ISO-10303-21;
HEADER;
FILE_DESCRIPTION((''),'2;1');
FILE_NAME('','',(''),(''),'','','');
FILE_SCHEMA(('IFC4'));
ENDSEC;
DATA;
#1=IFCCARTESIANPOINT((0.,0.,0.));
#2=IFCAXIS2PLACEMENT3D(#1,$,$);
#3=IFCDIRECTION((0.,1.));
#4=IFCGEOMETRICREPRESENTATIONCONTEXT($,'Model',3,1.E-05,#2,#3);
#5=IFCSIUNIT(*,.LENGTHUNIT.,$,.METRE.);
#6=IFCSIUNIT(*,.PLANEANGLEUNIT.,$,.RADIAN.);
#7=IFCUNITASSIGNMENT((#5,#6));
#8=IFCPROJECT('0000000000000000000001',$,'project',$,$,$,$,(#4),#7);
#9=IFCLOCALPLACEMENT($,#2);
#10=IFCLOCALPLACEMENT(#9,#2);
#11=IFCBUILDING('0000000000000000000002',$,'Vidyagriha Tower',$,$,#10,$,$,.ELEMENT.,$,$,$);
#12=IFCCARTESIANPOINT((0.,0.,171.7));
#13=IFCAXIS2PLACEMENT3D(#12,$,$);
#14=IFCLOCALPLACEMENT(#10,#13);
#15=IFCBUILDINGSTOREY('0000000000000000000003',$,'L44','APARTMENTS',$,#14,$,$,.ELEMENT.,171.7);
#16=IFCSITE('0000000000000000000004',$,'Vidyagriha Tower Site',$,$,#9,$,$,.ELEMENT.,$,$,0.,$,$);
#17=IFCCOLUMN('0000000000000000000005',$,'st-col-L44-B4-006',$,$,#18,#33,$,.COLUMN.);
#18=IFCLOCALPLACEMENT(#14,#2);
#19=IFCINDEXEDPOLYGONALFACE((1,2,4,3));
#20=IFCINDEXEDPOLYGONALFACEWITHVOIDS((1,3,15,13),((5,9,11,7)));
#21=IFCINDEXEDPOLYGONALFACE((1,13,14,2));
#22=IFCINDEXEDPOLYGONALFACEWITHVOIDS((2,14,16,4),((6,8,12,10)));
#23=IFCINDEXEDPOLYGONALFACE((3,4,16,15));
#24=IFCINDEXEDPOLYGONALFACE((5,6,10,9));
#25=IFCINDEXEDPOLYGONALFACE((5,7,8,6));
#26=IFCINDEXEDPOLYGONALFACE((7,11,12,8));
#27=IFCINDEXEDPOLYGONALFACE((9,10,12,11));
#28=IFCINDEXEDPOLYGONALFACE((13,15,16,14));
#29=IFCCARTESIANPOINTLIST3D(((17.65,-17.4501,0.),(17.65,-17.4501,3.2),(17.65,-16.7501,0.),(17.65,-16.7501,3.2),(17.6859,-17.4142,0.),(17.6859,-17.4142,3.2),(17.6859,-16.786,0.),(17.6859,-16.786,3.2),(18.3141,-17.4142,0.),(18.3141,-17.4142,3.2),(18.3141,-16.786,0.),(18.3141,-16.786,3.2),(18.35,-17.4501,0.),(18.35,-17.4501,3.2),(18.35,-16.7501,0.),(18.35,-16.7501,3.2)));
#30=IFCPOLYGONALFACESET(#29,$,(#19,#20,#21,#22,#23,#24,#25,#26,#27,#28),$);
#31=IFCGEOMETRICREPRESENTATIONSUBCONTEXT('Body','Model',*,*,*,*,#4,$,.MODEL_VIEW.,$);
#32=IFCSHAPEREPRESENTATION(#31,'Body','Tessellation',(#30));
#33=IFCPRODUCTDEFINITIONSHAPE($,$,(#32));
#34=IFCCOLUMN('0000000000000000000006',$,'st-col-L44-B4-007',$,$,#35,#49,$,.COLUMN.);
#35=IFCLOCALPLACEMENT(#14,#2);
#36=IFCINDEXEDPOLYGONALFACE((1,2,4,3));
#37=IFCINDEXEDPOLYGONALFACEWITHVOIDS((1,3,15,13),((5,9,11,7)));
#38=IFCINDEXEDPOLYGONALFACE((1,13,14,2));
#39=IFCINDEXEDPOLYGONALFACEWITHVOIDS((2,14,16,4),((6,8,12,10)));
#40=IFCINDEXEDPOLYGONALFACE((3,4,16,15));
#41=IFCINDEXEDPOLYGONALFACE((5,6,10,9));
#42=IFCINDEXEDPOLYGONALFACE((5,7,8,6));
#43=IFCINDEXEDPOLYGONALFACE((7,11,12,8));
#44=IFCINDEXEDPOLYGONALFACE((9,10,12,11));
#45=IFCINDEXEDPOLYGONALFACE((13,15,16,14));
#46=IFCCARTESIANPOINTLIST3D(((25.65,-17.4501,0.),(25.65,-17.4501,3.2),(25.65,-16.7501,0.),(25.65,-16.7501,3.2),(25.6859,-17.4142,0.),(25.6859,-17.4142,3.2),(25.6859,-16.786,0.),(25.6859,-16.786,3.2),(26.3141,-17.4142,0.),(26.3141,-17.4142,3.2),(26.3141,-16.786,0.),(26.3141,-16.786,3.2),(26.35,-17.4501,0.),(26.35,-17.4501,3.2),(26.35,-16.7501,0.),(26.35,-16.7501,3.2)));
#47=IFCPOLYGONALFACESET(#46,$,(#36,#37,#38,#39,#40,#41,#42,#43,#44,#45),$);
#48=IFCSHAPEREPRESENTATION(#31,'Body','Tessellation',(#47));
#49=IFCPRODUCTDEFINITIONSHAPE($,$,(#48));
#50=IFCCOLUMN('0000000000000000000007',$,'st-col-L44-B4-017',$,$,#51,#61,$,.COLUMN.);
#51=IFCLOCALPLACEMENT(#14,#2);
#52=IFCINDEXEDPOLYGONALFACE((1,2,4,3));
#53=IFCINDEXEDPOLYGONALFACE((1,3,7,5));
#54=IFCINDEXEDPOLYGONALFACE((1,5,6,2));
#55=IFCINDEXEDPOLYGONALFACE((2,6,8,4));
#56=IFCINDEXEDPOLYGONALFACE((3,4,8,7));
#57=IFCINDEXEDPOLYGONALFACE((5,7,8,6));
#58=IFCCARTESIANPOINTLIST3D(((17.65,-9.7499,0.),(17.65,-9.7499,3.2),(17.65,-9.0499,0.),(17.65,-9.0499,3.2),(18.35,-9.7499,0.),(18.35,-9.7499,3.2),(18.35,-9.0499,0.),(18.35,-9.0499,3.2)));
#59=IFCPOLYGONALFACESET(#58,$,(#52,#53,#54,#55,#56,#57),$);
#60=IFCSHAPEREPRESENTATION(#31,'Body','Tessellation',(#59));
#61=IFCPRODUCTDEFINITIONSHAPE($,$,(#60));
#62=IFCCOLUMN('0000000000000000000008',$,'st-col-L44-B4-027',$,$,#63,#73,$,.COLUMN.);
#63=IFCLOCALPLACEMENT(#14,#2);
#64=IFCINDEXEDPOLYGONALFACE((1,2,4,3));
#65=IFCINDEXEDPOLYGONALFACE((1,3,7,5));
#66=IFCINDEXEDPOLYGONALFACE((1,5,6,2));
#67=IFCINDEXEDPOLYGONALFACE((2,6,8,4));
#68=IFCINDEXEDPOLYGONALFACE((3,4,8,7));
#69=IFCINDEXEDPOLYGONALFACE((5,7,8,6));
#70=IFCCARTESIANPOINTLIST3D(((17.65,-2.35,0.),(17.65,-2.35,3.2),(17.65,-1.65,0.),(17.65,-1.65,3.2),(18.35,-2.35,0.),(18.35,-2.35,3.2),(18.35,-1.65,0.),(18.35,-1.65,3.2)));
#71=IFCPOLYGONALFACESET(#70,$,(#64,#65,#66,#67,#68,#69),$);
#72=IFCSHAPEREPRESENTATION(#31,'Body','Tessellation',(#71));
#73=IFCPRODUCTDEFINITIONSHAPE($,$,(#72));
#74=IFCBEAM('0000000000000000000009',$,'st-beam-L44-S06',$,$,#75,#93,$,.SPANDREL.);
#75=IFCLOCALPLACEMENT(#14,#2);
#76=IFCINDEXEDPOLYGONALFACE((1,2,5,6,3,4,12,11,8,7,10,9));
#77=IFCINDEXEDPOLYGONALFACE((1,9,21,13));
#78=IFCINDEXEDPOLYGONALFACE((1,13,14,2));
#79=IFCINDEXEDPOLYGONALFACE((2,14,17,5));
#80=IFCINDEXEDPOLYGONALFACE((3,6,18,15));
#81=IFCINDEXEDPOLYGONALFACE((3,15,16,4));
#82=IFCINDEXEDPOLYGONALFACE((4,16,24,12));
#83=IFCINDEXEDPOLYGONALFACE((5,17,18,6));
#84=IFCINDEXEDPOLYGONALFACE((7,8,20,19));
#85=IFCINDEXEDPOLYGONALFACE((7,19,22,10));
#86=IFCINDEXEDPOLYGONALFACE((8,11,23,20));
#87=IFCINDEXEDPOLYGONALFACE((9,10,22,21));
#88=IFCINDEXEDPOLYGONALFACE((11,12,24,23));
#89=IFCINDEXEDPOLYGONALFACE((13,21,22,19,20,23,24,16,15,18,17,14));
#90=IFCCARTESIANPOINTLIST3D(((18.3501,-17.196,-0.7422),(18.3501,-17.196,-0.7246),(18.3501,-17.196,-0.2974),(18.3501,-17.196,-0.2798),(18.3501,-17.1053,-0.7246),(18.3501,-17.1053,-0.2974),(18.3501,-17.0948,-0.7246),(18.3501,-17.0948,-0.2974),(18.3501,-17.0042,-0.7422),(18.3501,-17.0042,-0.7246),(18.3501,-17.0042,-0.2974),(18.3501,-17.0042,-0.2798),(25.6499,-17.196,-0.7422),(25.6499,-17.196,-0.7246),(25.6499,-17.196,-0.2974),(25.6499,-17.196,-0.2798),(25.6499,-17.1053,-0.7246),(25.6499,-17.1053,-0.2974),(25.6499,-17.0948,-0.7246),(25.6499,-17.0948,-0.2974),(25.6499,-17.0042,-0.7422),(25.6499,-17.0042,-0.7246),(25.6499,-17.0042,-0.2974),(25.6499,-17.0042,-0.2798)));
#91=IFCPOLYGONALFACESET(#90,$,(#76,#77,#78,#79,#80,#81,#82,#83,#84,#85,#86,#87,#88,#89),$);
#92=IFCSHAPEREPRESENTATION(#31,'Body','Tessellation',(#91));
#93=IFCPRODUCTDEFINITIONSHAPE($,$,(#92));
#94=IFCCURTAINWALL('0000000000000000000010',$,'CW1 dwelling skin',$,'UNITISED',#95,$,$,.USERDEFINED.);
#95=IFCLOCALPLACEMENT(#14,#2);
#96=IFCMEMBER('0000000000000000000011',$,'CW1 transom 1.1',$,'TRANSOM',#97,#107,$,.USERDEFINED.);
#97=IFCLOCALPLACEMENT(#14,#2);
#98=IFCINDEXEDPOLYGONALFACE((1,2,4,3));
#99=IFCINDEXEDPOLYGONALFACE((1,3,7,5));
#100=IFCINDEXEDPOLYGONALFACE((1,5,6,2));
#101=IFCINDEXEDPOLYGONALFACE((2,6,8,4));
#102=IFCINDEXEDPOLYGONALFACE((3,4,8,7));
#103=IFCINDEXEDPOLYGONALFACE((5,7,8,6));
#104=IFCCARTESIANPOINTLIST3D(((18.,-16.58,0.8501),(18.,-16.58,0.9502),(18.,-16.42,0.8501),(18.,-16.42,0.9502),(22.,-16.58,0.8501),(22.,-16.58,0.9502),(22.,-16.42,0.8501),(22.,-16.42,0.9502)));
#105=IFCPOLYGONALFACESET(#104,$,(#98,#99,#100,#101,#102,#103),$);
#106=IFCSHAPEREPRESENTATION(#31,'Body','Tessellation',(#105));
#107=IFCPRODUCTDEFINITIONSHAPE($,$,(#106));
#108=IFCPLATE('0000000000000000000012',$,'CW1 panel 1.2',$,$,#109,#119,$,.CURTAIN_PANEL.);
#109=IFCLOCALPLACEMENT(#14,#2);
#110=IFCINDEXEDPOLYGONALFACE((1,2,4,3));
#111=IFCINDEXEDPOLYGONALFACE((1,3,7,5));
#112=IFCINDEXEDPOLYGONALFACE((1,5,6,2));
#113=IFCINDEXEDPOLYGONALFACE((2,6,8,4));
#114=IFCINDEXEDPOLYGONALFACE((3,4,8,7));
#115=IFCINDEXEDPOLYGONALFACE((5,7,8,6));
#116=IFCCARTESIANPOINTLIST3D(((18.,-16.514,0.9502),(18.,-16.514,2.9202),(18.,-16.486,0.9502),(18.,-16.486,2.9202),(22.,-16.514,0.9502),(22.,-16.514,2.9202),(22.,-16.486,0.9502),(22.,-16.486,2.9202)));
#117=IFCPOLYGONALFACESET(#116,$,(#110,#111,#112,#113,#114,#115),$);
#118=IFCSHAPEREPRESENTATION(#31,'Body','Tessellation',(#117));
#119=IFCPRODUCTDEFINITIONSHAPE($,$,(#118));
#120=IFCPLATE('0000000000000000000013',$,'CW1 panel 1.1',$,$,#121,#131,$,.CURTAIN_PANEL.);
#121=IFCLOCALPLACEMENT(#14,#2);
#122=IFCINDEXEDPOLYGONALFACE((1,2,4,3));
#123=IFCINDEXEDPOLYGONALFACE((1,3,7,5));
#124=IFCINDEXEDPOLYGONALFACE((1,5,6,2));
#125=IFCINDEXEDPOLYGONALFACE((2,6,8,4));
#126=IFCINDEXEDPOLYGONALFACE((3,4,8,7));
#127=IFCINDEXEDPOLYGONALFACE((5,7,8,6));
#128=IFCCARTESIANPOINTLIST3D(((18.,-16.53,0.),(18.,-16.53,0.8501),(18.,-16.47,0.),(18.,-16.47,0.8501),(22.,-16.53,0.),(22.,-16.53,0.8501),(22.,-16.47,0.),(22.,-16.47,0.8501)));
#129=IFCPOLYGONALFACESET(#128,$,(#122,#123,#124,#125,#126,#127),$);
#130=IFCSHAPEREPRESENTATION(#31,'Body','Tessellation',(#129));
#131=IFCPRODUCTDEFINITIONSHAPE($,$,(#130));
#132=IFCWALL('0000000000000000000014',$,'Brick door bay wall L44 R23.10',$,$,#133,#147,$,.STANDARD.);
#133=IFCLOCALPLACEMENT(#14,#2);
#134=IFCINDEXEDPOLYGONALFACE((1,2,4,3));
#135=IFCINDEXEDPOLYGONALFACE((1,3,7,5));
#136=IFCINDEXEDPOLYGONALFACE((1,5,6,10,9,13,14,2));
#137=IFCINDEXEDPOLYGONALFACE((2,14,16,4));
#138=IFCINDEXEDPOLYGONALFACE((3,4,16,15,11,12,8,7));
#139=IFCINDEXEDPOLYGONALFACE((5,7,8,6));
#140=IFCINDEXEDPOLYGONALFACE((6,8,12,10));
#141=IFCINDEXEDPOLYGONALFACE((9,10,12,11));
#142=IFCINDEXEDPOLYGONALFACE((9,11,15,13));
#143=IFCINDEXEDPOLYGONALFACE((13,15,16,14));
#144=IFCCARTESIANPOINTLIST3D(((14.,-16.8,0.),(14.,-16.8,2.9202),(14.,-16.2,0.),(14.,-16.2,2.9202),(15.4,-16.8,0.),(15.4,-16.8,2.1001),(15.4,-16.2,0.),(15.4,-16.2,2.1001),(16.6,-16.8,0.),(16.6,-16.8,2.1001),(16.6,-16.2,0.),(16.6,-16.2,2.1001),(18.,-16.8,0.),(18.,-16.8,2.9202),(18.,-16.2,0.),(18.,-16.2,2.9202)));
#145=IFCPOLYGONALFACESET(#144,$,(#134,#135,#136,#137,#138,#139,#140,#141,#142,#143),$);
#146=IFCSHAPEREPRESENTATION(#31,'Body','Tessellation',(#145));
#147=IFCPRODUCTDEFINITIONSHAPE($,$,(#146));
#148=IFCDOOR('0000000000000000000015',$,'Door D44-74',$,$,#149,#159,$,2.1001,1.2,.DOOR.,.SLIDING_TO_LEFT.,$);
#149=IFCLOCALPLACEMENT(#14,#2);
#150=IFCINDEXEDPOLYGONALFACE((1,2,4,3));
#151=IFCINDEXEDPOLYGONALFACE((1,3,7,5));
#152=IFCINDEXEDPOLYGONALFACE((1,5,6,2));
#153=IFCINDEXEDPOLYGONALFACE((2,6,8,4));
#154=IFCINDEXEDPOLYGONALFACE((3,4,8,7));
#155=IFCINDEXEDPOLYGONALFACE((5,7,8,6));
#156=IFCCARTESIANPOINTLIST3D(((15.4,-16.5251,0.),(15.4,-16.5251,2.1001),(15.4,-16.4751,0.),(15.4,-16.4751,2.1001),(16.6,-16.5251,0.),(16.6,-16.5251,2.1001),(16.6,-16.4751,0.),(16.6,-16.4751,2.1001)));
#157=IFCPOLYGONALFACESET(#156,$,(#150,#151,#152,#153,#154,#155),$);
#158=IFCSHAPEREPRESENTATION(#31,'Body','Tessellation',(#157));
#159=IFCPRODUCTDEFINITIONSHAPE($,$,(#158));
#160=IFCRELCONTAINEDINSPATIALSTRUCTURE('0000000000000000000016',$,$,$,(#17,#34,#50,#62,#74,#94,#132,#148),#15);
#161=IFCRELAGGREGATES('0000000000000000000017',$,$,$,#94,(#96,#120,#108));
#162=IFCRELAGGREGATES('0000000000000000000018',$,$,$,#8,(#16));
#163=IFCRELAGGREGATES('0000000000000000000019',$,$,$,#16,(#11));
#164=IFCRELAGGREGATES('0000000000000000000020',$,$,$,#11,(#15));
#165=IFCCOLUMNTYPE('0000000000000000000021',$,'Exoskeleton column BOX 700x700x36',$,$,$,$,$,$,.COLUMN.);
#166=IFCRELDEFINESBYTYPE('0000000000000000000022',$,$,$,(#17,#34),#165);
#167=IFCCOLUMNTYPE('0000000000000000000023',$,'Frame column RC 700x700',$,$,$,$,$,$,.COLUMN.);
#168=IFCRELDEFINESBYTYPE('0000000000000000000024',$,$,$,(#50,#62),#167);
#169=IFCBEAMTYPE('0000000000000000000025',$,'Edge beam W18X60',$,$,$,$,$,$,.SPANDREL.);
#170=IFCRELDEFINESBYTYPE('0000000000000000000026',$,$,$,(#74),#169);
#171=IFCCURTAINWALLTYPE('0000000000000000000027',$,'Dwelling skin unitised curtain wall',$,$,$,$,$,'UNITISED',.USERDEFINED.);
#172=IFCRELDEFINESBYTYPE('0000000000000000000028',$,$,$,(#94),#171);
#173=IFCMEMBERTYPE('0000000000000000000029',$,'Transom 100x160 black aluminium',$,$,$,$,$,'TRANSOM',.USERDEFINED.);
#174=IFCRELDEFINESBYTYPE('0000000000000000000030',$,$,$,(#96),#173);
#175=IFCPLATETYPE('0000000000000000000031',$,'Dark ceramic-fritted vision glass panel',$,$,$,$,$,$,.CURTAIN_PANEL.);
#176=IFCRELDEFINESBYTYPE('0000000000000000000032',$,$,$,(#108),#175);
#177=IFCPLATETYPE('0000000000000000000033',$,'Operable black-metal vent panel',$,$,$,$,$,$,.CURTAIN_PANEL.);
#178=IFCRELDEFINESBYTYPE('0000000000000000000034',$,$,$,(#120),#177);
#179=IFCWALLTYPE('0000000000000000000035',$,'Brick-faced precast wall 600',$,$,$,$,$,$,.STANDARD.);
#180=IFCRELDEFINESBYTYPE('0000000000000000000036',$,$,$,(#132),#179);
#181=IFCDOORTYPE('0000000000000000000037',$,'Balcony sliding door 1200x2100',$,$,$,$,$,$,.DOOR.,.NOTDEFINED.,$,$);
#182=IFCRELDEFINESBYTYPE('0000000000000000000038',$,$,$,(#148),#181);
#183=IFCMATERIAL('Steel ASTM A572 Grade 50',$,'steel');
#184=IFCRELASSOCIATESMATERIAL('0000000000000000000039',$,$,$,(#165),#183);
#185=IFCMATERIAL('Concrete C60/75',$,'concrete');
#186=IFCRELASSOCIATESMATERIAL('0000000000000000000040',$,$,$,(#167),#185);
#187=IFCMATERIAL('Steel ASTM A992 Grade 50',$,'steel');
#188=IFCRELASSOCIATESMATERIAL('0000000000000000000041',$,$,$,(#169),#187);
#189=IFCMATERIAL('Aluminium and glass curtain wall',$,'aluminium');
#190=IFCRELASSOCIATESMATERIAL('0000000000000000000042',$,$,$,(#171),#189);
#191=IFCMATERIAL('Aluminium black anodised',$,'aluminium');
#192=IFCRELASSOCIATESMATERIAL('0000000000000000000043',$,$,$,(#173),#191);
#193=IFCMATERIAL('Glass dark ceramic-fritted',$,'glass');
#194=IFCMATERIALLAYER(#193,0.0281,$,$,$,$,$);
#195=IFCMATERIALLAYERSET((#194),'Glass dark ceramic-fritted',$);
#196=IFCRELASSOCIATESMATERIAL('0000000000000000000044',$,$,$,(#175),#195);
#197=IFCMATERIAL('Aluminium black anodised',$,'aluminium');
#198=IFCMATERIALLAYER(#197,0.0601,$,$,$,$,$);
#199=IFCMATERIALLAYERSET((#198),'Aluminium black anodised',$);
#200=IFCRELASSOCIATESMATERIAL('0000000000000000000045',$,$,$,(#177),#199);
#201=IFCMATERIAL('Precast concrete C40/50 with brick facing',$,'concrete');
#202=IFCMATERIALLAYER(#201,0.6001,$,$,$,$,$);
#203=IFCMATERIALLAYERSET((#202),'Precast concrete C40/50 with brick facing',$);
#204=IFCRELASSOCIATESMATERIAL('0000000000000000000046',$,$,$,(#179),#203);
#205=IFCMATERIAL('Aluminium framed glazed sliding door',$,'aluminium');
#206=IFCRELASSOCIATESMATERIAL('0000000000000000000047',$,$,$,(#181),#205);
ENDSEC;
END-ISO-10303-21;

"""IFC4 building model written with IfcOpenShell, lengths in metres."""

from ifc_helpers import new_model, si_unit, direction, frame, frame_2d, origin, origin_2d, place, context, subcontext, project, spatial, rectangle, hollow_rectangle, i_section, extrude, material, layer, layer_set, material_profile, profile_set, type_object, element, fill, aggregate, save


model = new_model("IFC4")

# Units and contexts
model_context = context("Model", 3, precision=1e-05, world=origin(), true_north=direction((0.0, 1.0)))
body_context = subcontext(model_context, "Body", "Model", "MODEL_VIEW")
ifc_project = project(units=[si_unit("LENGTHUNIT", "METRE"), si_unit("PLANEANGLEUNIT", "RADIAN")], contexts=[model_context])

# Site, building, storey
site_placement = place(None, origin())
site = spatial("IfcSite", under=ifc_project, at=site_placement, Name="Vidyagriha Tower Site", CompositionType="ELEMENT", RefElevation=0.0)
building_placement = place(site_placement, origin())
building = spatial("IfcBuilding", under=site, at=building_placement, Name="Vidyagriha Tower", CompositionType="ELEMENT")
storey_placement = place(building_placement, frame((0.0, 0.0, 171.7)))
storey = spatial("IfcBuildingStorey", under=building, at=storey_placement, Name="L44", Description="APARTMENTS", CompositionType="ELEMENT", Elevation=171.7)

# Columns
ifc_material_1 = material(Name="Steel ASTM A572 Grade 50", Category="steel")
ifc_material_profile_1 = material_profile(ifc_material_1, hollow_rectangle(XDim=0.7, YDim=0.7, WallThickness=0.0359, at=origin_2d()), Name="BOX 700x700x36")
ifc_profile_set_1 = profile_set([ifc_material_profile_1], Name="Steel ASTM A572 Grade 50")
column_type_1 = type_object("IfcColumnType", Name="Exoskeleton column BOX 700x700x36", PredefinedType="COLUMN", material=ifc_profile_set_1)
for number, where, name in (
    (1, (18.0, -17.1001, 0.0), "st-col-L44-B4-006"),
    (2, (26.0, -17.1001, 0.0), "st-col-L44-B4-007"),
):
    element("IfcColumn", number, at=place(storey_placement, frame(where)), inside=storey, type_object=column_type_1, Name=name, PredefinedType="COLUMN", context=body_context, shape_type="SweptSolid", body=[
        extrude(hollow_rectangle(XDim=0.7, YDim=0.7, WallThickness=0.0359, at=origin_2d()), origin(), (0.0, 0.0, 1.0), 3.2),
    ])
ifc_material_2 = material(Name="Concrete C60/75", Category="concrete")
ifc_material_profile_2 = material_profile(ifc_material_2, rectangle(XDim=0.7, YDim=0.7, at=origin_2d()), Name="RC 700x700")
ifc_profile_set_2 = profile_set([ifc_material_profile_2], Name="Concrete C60/75")
column_type_2 = type_object("IfcColumnType", Name="Frame column RC 700x700", PredefinedType="COLUMN", material=ifc_profile_set_2)
for number, where, name in (
    (3, (18.0, -9.3999, 0.0), "st-col-L44-B4-017"),
    (4, (18.0, -2.0, 0.0), "st-col-L44-B4-027"),
):
    element("IfcColumn", number, at=place(storey_placement, frame(where)), inside=storey, type_object=column_type_2, Name=name, PredefinedType="COLUMN", context=body_context, shape_type="SweptSolid", body=[
        extrude(rectangle(XDim=0.7, YDim=0.7, at=origin_2d()), origin(), (0.0, 0.0, 1.0), 3.2),
    ])

# Beam
ifc_material_3 = material(Name="Steel ASTM A992 Grade 50", Category="steel")
ifc_material_profile_3 = material_profile(ifc_material_3, i_section(OverallWidth=0.1919, OverallDepth=0.4624, WebThickness=0.0105, FlangeThickness=0.0176, at=origin_2d()), Name="W18X60")
ifc_profile_set_3 = profile_set([ifc_material_profile_3], Name="Steel ASTM A992 Grade 50")
beam_type = type_object("IfcBeamType", Name="Edge beam W18X60", PredefinedType="SPANDREL", material=ifc_profile_set_3)
beam_placement = place(storey_placement, frame((18.3501, -17.1001, -0.511), z_axis=(1.0, 0.0, 0.0), x_axis=(0.0, 1.0, 0.0)))
element("IfcBeam", 5, at=beam_placement, inside=storey, type_object=beam_type, Name="st-beam-L44-S06", PredefinedType="SPANDREL", context=body_context, shape_type="SweptSolid", body=[
    extrude(i_section(OverallWidth=0.1919, OverallDepth=0.4624, WebThickness=0.0105, FlangeThickness=0.0176, at=origin_2d()), origin(), (0.0, 0.0, 1.0), 7.2998),
])

# Curtain wall, member, plates
ifc_material_4 = material(Name="Aluminium and glass curtain wall", Category="aluminium")
curtain_wall_type = type_object("IfcCurtainWallType", Name="Dwelling skin unitised curtain wall", ElementType="UNITISED", PredefinedType="USERDEFINED", material=ifc_material_4)
curtain_wall_placement = place(storey_placement, origin())
curtain_wall = element("IfcCurtainWall", 6, at=curtain_wall_placement, inside=storey, type_object=curtain_wall_type, Name="CW1 dwelling skin", ObjectType="UNITISED", PredefinedType="USERDEFINED")
ifc_material_5 = material(Name="Aluminium black anodised", Category="aluminium")
ifc_material_profile_4 = material_profile(ifc_material_5, rectangle(XDim=0.1599, YDim=0.1001, at=origin_2d()), Name="Transom 100x160 black aluminium")
ifc_profile_set_4 = profile_set([ifc_material_profile_4], Name="Aluminium black anodised")
member_type = type_object("IfcMemberType", Name="Transom 100x160 black aluminium", ElementType="TRANSOM", PredefinedType="USERDEFINED", material=ifc_profile_set_4)
member_placement = place(storey_placement, frame((18.0, -16.5, 0.9001), z_axis=(1.0, 0.0, 0.0), x_axis=(0.0, 1.0, 0.0)))
member = element("IfcMember", 7, at=member_placement, type_object=member_type, Name="CW1 transom 1.1", ObjectType="TRANSOM", PredefinedType="USERDEFINED", context=body_context, shape_type="SweptSolid", body=[
    extrude(rectangle(XDim=0.1599, YDim=0.1001, at=origin_2d()), origin(), (0.0, 0.0, 1.0), 4.0),
])
ifc_material_6 = material(Name="Glass dark ceramic-fritted", Category="glass")
ifc_layer_1 = layer(ifc_material_6, 0.0281)
ifc_layer_set_1 = layer_set([ifc_layer_1], Name="Glass dark ceramic-fritted")
plate_type_1 = type_object("IfcPlateType", Name="Dark ceramic-fritted vision glass panel", PredefinedType="CURTAIN_PANEL", material=ifc_layer_set_1)
plate_1_placement = place(storey_placement, frame((20.0, -16.5, 0.9502)))
plate_1 = element("IfcPlate", 8, at=plate_1_placement, type_object=plate_type_1, Name="CW1 panel 1.2", PredefinedType="CURTAIN_PANEL", context=body_context, shape_type="SweptSolid", body=[
    extrude(rectangle(XDim=4.0, YDim=0.0281, at=origin_2d()), origin(), (0.0, 0.0, 1.0), 1.97),
])
ifc_material_7 = material(Name="Aluminium black anodised", Category="aluminium")
ifc_layer_2 = layer(ifc_material_7, 0.0601)
ifc_layer_set_2 = layer_set([ifc_layer_2], Name="Aluminium black anodised")
plate_type_2 = type_object("IfcPlateType", Name="Operable black-metal vent panel", PredefinedType="CURTAIN_PANEL", material=ifc_layer_set_2)
plate_2_placement = place(storey_placement, frame((20.0, -16.5, 0.0)))
plate_2 = element("IfcPlate", 9, at=plate_2_placement, type_object=plate_type_2, Name="CW1 panel 1.1", PredefinedType="CURTAIN_PANEL", context=body_context, shape_type="SweptSolid", body=[
    extrude(rectangle(XDim=4.0, YDim=0.0601, at=origin_2d()), origin(), (0.0, 0.0, 1.0), 0.8501),
])
aggregate(curtain_wall, [member, plate_2, plate_1])

# Wall, opening, door
ifc_material_8 = material(Name="Precast concrete C40/50 with brick facing", Category="concrete")
ifc_layer_3 = layer(ifc_material_8, 0.6001)
ifc_layer_set_3 = layer_set([ifc_layer_3], Name="Precast concrete C40/50 with brick facing")
wall_type_1 = type_object("IfcWallType", Name="Brick-faced precast wall 600", PredefinedType="STANDARD", material=ifc_layer_set_3)
wall_1_placement = place(storey_placement, frame((14.0, -16.5, 0.0)))
wall_1 = element("IfcWall", 10, at=wall_1_placement, inside=storey, type_object=wall_type_1, Name="Brick door bay wall L44 R23.10", PredefinedType="STANDARD", context=body_context, shape_type="SweptSolid", body=[
    extrude(rectangle(XDim=4.0, YDim=0.6001, at=frame_2d((2.0, 0.0))), origin(), (0.0, 0.0, 1.0), 2.9202),
])
opening_1_placement = place(wall_1_placement, frame((1.3999, 0.0, 0.0)))
opening_1 = element("IfcOpeningElement", 11, at=opening_1_placement, cuts=wall_1, PredefinedType="OPENING", context=body_context, shape_type="SweptSolid", body=[
    extrude(rectangle(XDim=1.2, YDim=2.1001, at=frame_2d((0.6001, 1.05))), frame((0.0, 0.3101, 0.0), z_axis=(0.0, -1.0, 0.0), x_axis=(1.0, 0.0, 0.0)), (0.0, 0.0, 1.0), 0.6201),
])
ifc_material_9 = material(Name="Aluminium framed glazed sliding door", Category="aluminium")
door_type_1 = type_object("IfcDoorType", Name="Balcony sliding door 1200x2100", OperationType="NOTDEFINED", PredefinedType="DOOR", material=ifc_material_9)
door_1_placement = place(opening_1_placement, origin())
door_1 = element("IfcDoor", 12, at=door_1_placement, inside=storey, type_object=door_type_1, Name="Door D44-74", OperationType="SLIDING_TO_LEFT", OverallHeight=2.1001, OverallWidth=1.2, PredefinedType="DOOR", context=body_context, shape_type="SweptSolid", body=[
    extrude(rectangle(XDim=1.2, YDim=2.1001, at=frame_2d((0.6001, 1.05))), frame((0.0, 0.0249, 0.0), z_axis=(0.0, -1.0, 0.0), x_axis=(1.0, 0.0, 0.0)), (0.0, 0.0, 1.0), 0.05),
])
fill(opening_1, door_1)

save(model, "model.ifc")
